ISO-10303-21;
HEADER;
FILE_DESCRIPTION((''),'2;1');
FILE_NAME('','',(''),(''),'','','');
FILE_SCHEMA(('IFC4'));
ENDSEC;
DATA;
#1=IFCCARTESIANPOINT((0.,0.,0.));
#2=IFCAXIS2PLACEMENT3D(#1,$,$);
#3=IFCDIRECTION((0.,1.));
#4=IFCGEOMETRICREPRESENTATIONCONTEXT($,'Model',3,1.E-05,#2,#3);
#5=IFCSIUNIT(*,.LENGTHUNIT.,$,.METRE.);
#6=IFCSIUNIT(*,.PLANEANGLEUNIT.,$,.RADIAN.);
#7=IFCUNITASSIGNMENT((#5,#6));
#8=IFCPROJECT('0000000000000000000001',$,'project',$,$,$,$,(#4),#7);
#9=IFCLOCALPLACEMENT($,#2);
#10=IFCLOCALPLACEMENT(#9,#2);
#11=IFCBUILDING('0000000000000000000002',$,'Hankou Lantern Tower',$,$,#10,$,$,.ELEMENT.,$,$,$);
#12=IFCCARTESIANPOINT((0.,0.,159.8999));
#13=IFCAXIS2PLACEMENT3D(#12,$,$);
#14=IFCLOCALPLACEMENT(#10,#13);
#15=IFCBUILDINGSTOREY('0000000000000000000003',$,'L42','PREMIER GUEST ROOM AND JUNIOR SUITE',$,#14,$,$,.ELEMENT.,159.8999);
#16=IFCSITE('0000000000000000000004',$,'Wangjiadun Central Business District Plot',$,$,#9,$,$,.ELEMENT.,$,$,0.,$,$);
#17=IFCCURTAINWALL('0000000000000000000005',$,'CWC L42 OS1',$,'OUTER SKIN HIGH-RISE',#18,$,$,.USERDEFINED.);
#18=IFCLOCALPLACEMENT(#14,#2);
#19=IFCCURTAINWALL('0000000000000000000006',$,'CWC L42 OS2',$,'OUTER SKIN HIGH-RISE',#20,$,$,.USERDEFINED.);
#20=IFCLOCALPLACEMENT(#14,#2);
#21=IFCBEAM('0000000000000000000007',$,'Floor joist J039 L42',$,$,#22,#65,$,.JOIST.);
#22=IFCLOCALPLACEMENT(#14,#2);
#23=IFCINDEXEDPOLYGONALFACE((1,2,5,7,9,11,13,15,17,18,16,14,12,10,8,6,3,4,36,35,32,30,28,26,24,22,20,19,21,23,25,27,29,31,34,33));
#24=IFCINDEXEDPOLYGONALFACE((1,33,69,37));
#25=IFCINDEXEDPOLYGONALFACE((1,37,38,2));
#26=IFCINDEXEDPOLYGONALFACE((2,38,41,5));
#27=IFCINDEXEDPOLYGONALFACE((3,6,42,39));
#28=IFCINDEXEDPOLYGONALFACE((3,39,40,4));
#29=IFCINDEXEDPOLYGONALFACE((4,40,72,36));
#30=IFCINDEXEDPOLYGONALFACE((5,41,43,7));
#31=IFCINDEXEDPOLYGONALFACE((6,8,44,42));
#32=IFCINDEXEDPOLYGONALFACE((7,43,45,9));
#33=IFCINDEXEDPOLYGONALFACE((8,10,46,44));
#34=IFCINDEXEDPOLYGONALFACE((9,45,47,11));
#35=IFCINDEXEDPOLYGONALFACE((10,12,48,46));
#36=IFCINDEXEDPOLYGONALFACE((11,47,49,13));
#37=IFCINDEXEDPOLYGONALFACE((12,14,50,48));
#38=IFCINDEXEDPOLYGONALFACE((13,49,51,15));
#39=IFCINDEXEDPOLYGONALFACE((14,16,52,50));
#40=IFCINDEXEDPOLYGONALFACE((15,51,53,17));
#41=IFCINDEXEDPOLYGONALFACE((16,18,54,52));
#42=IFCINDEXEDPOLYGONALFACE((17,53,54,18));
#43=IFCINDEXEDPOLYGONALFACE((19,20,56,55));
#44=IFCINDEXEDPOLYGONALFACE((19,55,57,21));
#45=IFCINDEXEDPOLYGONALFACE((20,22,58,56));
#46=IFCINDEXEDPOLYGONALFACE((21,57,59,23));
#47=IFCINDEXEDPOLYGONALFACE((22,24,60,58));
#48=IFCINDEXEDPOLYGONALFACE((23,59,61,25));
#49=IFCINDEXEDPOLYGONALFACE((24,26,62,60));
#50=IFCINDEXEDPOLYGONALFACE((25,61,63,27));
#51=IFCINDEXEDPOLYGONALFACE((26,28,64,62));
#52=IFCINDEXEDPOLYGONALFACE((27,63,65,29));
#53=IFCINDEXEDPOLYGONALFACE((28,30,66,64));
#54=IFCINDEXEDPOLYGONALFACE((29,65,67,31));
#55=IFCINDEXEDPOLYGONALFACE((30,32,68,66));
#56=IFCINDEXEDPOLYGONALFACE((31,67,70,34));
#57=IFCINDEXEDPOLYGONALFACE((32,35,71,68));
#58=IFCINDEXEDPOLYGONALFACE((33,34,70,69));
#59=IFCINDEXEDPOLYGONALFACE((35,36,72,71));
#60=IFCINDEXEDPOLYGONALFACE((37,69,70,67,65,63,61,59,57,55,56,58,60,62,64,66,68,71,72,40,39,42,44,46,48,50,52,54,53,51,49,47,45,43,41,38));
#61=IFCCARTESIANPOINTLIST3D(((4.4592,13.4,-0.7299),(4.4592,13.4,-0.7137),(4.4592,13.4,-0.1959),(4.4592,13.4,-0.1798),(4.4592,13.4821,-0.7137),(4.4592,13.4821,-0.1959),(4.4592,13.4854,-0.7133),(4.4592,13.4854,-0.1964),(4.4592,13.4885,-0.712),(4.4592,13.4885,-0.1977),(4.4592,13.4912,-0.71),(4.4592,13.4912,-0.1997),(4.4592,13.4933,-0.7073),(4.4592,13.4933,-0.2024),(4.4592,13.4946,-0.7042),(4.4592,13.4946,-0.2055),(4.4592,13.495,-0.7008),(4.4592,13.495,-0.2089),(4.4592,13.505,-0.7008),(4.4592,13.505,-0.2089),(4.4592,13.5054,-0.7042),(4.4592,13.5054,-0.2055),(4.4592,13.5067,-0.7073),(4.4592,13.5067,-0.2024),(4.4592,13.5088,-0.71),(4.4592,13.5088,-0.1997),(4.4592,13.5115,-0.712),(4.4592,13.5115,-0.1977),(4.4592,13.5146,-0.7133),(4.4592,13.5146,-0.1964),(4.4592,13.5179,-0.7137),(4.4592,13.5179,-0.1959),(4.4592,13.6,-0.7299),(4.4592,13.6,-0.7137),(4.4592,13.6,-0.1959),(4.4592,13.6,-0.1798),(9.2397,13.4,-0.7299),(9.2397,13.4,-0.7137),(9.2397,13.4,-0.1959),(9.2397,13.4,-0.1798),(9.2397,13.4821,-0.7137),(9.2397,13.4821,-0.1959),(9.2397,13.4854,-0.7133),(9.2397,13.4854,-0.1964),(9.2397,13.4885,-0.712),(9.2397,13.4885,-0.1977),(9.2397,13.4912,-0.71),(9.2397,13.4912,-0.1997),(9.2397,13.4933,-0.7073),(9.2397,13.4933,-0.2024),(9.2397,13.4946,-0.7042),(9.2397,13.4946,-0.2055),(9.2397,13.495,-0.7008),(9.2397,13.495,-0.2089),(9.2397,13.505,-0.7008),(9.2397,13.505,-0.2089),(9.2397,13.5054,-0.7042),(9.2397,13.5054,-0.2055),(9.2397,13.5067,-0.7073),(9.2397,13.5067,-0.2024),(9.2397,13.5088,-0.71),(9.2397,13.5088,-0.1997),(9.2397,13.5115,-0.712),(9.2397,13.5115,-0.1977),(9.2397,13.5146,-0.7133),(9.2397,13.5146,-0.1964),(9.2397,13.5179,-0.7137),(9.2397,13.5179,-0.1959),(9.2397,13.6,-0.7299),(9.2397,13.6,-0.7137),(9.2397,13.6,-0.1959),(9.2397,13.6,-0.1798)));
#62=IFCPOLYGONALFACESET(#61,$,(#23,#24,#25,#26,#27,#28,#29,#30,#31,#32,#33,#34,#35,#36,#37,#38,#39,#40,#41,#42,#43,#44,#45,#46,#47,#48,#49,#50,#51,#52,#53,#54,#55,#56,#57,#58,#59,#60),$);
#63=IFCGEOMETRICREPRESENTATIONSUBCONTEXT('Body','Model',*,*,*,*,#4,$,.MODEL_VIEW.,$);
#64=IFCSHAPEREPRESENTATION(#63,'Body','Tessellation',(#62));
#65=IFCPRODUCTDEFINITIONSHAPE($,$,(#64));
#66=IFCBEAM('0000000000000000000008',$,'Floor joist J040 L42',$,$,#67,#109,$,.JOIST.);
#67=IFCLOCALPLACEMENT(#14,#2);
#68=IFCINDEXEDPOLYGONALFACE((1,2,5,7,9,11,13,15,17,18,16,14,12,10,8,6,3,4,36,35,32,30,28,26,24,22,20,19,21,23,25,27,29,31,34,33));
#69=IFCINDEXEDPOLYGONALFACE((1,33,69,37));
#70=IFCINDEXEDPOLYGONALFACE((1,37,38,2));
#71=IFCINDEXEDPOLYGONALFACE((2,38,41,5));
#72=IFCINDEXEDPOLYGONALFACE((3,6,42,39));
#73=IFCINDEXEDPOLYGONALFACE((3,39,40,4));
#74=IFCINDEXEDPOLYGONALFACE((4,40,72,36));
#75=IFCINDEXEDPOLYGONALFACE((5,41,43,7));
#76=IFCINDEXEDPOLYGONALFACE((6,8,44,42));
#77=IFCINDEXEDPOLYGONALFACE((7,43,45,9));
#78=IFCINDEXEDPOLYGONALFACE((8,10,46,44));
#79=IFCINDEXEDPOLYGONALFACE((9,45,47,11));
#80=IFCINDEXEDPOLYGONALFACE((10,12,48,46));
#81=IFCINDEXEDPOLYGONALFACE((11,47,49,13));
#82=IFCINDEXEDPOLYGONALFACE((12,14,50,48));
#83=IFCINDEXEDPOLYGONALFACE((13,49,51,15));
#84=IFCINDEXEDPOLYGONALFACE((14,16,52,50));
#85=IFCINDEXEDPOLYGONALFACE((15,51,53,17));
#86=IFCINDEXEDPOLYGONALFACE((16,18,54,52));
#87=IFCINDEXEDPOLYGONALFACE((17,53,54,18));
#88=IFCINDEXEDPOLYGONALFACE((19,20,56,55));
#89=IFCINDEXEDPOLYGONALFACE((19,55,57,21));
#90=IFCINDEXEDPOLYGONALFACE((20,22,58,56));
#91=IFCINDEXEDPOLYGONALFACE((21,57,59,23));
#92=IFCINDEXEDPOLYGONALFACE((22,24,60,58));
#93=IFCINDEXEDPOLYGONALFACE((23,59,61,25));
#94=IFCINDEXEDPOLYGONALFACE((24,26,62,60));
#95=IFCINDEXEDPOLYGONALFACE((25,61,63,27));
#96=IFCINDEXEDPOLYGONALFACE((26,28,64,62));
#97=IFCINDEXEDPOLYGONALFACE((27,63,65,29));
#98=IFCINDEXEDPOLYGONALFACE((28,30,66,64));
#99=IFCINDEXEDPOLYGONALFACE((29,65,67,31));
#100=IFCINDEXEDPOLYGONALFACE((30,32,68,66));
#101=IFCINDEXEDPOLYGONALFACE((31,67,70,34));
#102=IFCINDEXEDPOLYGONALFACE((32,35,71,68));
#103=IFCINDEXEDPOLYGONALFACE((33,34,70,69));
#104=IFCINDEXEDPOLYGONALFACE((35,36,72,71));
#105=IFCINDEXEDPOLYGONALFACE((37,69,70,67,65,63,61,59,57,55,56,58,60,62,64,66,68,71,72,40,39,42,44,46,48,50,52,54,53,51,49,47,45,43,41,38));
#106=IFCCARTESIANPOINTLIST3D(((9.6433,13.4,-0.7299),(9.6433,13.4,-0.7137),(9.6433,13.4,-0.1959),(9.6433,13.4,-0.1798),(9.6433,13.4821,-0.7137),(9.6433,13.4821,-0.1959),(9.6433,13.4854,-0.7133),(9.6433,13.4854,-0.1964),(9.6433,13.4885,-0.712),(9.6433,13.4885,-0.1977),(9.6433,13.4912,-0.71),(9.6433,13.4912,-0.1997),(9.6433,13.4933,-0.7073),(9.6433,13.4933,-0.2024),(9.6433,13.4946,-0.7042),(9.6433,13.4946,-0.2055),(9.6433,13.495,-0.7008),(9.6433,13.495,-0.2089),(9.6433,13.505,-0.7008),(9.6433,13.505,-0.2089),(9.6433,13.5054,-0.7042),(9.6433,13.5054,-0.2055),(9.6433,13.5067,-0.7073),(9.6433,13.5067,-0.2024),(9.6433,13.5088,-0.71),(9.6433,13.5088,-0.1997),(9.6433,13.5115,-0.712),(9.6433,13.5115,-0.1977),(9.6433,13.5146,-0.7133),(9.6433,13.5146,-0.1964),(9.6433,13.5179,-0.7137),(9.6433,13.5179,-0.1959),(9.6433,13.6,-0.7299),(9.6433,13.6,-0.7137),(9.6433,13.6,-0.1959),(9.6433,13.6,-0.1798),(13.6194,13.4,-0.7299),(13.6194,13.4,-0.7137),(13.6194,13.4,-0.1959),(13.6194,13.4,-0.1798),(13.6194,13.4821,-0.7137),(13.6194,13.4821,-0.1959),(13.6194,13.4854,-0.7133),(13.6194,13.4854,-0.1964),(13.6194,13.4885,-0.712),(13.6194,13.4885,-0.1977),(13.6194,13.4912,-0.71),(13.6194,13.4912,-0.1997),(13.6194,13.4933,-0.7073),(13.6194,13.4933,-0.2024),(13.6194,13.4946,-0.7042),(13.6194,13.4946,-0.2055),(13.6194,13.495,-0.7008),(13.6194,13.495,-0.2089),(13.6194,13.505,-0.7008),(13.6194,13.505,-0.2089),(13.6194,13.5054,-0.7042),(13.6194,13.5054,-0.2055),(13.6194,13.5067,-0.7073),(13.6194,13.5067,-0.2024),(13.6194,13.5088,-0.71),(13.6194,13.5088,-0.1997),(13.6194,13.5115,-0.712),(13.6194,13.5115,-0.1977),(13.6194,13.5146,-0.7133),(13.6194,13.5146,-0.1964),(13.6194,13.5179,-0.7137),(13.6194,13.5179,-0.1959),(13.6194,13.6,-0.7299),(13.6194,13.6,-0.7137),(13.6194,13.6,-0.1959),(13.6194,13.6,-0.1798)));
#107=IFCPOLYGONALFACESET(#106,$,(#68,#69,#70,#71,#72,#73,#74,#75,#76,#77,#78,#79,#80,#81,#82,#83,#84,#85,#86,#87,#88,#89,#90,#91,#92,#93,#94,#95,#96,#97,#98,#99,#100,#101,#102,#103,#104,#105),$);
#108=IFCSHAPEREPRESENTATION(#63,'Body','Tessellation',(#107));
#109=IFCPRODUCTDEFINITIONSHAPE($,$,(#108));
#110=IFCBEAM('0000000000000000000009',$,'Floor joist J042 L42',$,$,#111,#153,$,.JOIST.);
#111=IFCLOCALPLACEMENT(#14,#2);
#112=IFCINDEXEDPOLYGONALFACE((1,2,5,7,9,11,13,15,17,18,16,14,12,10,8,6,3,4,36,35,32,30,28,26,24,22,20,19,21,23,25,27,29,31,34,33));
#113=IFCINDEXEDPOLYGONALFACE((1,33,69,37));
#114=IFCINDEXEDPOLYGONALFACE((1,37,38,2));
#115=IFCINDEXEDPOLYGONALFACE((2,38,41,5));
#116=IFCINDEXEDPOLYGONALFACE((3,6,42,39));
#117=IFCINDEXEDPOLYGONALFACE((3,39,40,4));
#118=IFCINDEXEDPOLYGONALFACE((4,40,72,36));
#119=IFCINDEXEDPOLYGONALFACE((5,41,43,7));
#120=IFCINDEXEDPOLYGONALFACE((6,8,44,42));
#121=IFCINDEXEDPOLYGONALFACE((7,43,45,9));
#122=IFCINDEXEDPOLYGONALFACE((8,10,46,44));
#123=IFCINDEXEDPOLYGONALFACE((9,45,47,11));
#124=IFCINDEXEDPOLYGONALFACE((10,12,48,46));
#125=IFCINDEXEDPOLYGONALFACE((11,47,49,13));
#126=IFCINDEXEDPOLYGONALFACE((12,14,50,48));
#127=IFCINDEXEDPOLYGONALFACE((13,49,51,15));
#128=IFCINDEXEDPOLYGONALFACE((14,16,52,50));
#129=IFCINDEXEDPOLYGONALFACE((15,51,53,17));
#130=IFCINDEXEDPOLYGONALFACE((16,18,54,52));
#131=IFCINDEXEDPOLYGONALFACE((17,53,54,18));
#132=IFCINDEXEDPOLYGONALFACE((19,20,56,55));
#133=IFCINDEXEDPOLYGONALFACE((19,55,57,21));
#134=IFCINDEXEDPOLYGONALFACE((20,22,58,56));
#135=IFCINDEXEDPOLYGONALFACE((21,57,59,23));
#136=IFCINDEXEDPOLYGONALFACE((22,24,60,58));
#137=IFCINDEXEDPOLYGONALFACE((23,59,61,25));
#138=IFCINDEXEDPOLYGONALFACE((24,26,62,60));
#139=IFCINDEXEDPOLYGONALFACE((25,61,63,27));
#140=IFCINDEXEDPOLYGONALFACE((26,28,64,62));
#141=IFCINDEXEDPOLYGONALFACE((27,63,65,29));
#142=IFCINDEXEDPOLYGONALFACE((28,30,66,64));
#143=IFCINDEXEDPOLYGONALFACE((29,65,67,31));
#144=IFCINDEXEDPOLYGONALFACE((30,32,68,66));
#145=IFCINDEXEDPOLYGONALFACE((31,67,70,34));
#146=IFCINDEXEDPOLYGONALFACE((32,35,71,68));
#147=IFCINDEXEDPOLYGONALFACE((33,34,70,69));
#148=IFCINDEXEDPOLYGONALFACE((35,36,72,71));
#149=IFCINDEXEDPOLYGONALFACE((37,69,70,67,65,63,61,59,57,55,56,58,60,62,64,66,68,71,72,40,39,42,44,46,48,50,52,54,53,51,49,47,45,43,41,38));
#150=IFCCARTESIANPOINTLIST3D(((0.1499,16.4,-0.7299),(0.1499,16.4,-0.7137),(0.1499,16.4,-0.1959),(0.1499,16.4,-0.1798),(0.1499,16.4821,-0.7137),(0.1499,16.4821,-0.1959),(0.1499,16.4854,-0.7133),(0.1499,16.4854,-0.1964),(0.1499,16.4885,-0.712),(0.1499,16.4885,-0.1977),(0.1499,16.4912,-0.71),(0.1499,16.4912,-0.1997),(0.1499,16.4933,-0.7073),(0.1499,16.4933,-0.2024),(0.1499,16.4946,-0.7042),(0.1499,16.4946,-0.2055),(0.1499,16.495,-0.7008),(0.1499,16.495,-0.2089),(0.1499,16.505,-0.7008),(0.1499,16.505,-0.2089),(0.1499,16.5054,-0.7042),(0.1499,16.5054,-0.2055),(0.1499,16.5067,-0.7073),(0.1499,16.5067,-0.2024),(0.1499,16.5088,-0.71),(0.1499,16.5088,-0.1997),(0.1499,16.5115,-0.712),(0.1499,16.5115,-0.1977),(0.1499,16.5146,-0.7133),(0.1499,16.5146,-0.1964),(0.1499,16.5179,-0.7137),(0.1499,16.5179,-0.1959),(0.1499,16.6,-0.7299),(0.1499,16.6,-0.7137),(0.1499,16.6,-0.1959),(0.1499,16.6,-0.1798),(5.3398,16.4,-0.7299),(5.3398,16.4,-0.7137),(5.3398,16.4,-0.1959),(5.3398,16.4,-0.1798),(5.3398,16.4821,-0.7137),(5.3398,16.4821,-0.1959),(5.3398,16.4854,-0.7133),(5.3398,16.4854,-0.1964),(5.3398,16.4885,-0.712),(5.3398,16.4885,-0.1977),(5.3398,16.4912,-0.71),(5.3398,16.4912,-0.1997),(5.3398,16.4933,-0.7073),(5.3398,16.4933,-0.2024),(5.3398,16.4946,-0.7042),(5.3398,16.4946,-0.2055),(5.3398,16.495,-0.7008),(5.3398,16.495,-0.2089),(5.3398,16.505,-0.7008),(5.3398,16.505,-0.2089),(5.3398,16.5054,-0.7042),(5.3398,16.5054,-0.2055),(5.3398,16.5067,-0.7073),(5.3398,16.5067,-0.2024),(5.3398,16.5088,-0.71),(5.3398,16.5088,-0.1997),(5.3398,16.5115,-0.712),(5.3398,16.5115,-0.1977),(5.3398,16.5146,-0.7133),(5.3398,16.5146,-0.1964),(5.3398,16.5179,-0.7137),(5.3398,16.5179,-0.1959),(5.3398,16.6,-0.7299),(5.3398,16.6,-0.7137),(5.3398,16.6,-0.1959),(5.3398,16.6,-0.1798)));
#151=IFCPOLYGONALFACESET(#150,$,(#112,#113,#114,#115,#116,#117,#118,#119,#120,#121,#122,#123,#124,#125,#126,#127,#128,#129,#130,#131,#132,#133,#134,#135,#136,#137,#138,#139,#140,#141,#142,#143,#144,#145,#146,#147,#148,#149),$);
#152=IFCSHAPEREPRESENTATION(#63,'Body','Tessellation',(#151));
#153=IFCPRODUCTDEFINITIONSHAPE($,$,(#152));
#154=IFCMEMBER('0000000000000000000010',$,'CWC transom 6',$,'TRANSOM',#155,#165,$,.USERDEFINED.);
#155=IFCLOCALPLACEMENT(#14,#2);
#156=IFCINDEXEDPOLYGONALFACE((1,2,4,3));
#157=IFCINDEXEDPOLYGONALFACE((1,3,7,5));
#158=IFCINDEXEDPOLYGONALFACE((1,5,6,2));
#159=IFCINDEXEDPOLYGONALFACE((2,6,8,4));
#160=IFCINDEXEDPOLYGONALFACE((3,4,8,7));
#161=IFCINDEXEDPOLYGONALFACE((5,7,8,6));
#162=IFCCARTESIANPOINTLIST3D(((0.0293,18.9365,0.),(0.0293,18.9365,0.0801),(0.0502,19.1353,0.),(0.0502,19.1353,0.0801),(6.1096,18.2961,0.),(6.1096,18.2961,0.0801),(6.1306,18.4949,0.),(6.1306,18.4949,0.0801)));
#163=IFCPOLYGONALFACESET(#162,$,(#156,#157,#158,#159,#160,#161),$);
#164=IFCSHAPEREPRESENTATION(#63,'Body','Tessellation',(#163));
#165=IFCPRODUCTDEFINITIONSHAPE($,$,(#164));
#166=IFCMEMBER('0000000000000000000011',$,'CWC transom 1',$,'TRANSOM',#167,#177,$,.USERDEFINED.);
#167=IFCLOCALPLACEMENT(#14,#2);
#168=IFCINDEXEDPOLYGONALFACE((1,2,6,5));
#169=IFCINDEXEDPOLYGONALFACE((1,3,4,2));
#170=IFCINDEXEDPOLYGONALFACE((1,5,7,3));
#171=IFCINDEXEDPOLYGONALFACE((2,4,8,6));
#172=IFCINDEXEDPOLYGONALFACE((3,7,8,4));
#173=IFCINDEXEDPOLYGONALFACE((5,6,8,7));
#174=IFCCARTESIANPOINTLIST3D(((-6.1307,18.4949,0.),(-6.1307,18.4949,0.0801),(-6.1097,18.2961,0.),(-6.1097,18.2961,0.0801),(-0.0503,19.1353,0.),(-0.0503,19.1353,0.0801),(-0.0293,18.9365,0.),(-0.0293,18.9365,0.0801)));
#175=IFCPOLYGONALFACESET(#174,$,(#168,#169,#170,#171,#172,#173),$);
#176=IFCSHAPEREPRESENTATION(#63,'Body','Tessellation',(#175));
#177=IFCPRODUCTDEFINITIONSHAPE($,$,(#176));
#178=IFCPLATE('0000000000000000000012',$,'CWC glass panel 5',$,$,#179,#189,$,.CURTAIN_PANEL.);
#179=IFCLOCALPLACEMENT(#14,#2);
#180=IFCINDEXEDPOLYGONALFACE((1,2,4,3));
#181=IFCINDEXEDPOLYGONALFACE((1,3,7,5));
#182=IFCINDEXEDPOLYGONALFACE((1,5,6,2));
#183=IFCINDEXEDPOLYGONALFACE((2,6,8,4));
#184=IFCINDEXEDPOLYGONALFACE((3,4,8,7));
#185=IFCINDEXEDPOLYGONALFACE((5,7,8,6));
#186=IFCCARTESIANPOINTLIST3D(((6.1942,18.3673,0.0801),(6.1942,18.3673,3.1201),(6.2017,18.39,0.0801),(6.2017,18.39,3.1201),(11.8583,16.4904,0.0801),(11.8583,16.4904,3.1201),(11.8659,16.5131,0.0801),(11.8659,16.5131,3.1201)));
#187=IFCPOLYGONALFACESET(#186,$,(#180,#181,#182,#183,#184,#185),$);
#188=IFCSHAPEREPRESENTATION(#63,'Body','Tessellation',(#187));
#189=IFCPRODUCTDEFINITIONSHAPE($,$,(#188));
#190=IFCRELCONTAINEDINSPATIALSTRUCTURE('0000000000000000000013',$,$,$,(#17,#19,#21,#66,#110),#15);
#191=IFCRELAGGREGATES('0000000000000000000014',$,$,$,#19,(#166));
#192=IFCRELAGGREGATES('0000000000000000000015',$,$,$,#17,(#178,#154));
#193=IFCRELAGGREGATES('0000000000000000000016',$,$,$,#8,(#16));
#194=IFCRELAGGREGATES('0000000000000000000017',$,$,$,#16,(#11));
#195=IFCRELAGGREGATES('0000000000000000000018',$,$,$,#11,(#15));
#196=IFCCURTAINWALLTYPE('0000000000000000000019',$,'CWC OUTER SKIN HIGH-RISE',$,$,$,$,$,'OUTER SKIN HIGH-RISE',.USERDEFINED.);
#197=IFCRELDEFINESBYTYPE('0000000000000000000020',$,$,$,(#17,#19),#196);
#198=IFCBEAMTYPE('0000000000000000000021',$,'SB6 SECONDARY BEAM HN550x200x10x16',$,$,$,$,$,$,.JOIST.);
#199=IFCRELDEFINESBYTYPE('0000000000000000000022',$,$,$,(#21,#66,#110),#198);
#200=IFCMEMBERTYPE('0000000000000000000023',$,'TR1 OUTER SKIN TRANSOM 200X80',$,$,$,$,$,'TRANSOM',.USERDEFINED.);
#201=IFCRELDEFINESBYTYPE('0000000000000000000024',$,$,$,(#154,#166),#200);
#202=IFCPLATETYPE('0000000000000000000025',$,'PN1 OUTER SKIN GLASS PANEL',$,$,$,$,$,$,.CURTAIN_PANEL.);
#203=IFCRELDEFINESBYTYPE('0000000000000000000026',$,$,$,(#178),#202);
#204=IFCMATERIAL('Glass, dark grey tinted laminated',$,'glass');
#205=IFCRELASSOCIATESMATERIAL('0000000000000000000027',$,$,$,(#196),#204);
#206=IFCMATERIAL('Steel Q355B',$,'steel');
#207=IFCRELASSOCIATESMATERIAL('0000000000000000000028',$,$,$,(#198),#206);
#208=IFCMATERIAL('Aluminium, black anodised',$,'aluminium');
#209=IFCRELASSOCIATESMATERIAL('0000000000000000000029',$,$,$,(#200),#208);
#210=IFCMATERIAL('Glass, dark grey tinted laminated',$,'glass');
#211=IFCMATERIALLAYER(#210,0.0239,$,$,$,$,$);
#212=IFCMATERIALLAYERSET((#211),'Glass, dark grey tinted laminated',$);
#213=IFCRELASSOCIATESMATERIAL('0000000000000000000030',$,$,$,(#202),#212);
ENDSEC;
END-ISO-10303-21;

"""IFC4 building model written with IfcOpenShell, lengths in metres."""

from ifc_helpers import new_model, si_unit, direction, frame, origin, origin_2d, place, context, subcontext, project, spatial, rectangle, i_section, extrude, material, layer, layer_set, material_profile, profile_set, type_object, element, aggregate, save


model = new_model("IFC4")

# Units and contexts
model_context = context("Model", 3, precision=1e-05, world=origin(), true_north=direction((0.0, 1.0)))
body_context = subcontext(model_context, "Body", "Model", "MODEL_VIEW")
ifc_project = project(units=[si_unit("LENGTHUNIT", "METRE"), si_unit("PLANEANGLEUNIT", "RADIAN")], contexts=[model_context])

# Site, building, storey
site_placement = place(None, origin())
site = spatial("IfcSite", under=ifc_project, at=site_placement, Name="Wangjiadun Central Business District Plot", CompositionType="ELEMENT", RefElevation=0.0)
building_placement = place(site_placement, origin())
building = spatial("IfcBuilding", under=site, at=building_placement, Name="Hankou Lantern Tower", CompositionType="ELEMENT")
storey_placement = place(building_placement, frame((0.0, 0.0, 159.8999)))
storey = spatial("IfcBuildingStorey", under=building, at=storey_placement, Name="L42", Description="PREMIER GUEST ROOM AND JUNIOR SUITE", CompositionType="ELEMENT", Elevation=159.8999)

# Curtain walls
ifc_material_1 = material(Name="Glass, dark grey tinted laminated", Category="glass")
curtain_wall_type = type_object("IfcCurtainWallType", Name="CWC OUTER SKIN HIGH-RISE", ElementType="OUTER SKIN HIGH-RISE", PredefinedType="USERDEFINED", material=ifc_material_1)
curtain_wall_1_placement = place(storey_placement, origin())
curtain_wall_1 = element("IfcCurtainWall", 1, at=curtain_wall_1_placement, inside=storey, type_object=curtain_wall_type, Name="CWC L42 OS1", ObjectType="OUTER SKIN HIGH-RISE", PredefinedType="USERDEFINED")
curtain_wall_2_placement = place(storey_placement, origin())
curtain_wall_2 = element("IfcCurtainWall", 2, at=curtain_wall_2_placement, inside=storey, type_object=curtain_wall_type, Name="CWC L42 OS2", ObjectType="OUTER SKIN HIGH-RISE", PredefinedType="USERDEFINED")

# Beams
ifc_material_2 = material(Name="Steel Q355B", Category="steel")
ifc_material_profile_1 = material_profile(ifc_material_2, i_section(OverallWidth=0.2, OverallDepth=0.55, WebThickness=0.01, FlangeThickness=0.0161, FilletRadius=0.0129, at=origin_2d()), Name="HN550x200x10x16")
ifc_profile_set_1 = profile_set([ifc_material_profile_1], Name="Steel Q355B")
beam_type_1 = type_object("IfcBeamType", Name="SB6 SECONDARY BEAM HN550x200x10x16", PredefinedType="JOIST", material=ifc_profile_set_1)
beam_1_placement = place(storey_placement, frame((4.4592, 13.5, -0.4548), z_axis=(1.0, 0.0, 0.0), x_axis=(0.0, 1.0, 0.0)))
element("IfcBeam", 3, at=beam_1_placement, inside=storey, type_object=beam_type_1, Name="Floor joist J039 L42", PredefinedType="JOIST", context=body_context, shape_type="SweptSolid", body=[
    extrude(i_section(OverallWidth=0.2, OverallDepth=0.55, WebThickness=0.01, FlangeThickness=0.0161, FilletRadius=0.0129, at=origin_2d()), origin(), (0.0, 0.0, 1.0), 4.7805),
])
beam_2_placement = place(storey_placement, frame((9.6433, 13.5, -0.4548), z_axis=(1.0, 0.0, 0.0), x_axis=(0.0, 1.0, 0.0)))
element("IfcBeam", 4, at=beam_2_placement, inside=storey, type_object=beam_type_1, Name="Floor joist J040 L42", PredefinedType="JOIST", context=body_context, shape_type="SweptSolid", body=[
    extrude(i_section(OverallWidth=0.2, OverallDepth=0.55, WebThickness=0.01, FlangeThickness=0.0161, FilletRadius=0.0129, at=origin_2d()), origin(), (0.0, 0.0, 1.0), 3.9761),
])
beam_3_placement = place(storey_placement, frame((0.1499, 16.5, -0.4548), z_axis=(1.0, 0.0, 0.0), x_axis=(0.0, 1.0, 0.0)))
element("IfcBeam", 5, at=beam_3_placement, inside=storey, type_object=beam_type_1, Name="Floor joist J042 L42", PredefinedType="JOIST", context=body_context, shape_type="SweptSolid", body=[
    extrude(i_section(OverallWidth=0.2, OverallDepth=0.55, WebThickness=0.01, FlangeThickness=0.0161, FilletRadius=0.0129, at=origin_2d()), origin(), (0.0, 0.0, 1.0), 5.1899),
])

# Members
ifc_material_3 = material(Name="Aluminium, black anodised", Category="aluminium")
ifc_material_profile_2 = material_profile(ifc_material_3, rectangle(XDim=0.2, YDim=0.0801, at=origin_2d()), Name="TR1 200X80")
ifc_profile_set_2 = profile_set([ifc_material_profile_2], Name="Aluminium, black anodised")
member_type_1 = type_object("IfcMemberType", Name="TR1 OUTER SKIN TRANSOM 200X80", ElementType="TRANSOM", PredefinedType="USERDEFINED", material=ifc_profile_set_2)
member_1_placement = place(storey_placement, frame((6.1201, 18.3955, 0.04), z_axis=(-0.9945, 0.104741, 0.0), x_axis=(-0.104741, -0.9945, 0.0)))
member_1 = element("IfcMember", 6, at=member_1_placement, type_object=member_type_1, Name="CWC transom 6", ObjectType="TRANSOM", PredefinedType="USERDEFINED", context=body_context, shape_type="SweptSolid", body=[
    extrude(rectangle(XDim=0.2, YDim=0.0801, at=origin_2d()), origin(), (0.0, 0.0, 1.0), 6.114),
])
member_2_placement = place(storey_placement, frame((-0.0398, 19.0359, 0.04), z_axis=(-0.9945, -0.104741, 0.0), x_axis=(0.104741, -0.9945, 0.0)))
member_2 = element("IfcMember", 7, at=member_2_placement, type_object=member_type_1, Name="CWC transom 1", ObjectType="TRANSOM", PredefinedType="USERDEFINED", context=body_context, shape_type="SweptSolid", body=[
    extrude(rectangle(XDim=0.2, YDim=0.0801, at=origin_2d()), origin(), (0.0, 0.0, 1.0), 6.114),
])
aggregate(curtain_wall_2, [member_2])

# Plate
ifc_material_4 = material(Name="Glass, dark grey tinted laminated", Category="glass")
ifc_layer_1 = layer(ifc_material_4, 0.0239)
ifc_layer_set_1 = layer_set([ifc_layer_1], Name="Glass, dark grey tinted laminated")
plate_type = type_object("IfcPlateType", Name="PN1 OUTER SKIN GLASS PANEL", PredefinedType="CURTAIN_PANEL", material=ifc_layer_set_1)
plate_1_placement = place(storey_placement, frame((9.03, 17.4402, 0.0801), z_axis=(0.0, 0.0, 1.0), x_axis=(-0.949241, 0.314551, 0.0)))
plate_1 = element("IfcPlate", 8, at=plate_1_placement, type_object=plate_type, Name="CWC glass panel 5", PredefinedType="CURTAIN_PANEL", context=body_context, shape_type="SweptSolid", body=[
    extrude(rectangle(XDim=5.967, YDim=0.0239, at=origin_2d()), origin(), (0.0, 0.0, 1.0), 3.04),
])
aggregate(curtain_wall_1, [plate_1, member_1])

save(model, "model.ifc")
